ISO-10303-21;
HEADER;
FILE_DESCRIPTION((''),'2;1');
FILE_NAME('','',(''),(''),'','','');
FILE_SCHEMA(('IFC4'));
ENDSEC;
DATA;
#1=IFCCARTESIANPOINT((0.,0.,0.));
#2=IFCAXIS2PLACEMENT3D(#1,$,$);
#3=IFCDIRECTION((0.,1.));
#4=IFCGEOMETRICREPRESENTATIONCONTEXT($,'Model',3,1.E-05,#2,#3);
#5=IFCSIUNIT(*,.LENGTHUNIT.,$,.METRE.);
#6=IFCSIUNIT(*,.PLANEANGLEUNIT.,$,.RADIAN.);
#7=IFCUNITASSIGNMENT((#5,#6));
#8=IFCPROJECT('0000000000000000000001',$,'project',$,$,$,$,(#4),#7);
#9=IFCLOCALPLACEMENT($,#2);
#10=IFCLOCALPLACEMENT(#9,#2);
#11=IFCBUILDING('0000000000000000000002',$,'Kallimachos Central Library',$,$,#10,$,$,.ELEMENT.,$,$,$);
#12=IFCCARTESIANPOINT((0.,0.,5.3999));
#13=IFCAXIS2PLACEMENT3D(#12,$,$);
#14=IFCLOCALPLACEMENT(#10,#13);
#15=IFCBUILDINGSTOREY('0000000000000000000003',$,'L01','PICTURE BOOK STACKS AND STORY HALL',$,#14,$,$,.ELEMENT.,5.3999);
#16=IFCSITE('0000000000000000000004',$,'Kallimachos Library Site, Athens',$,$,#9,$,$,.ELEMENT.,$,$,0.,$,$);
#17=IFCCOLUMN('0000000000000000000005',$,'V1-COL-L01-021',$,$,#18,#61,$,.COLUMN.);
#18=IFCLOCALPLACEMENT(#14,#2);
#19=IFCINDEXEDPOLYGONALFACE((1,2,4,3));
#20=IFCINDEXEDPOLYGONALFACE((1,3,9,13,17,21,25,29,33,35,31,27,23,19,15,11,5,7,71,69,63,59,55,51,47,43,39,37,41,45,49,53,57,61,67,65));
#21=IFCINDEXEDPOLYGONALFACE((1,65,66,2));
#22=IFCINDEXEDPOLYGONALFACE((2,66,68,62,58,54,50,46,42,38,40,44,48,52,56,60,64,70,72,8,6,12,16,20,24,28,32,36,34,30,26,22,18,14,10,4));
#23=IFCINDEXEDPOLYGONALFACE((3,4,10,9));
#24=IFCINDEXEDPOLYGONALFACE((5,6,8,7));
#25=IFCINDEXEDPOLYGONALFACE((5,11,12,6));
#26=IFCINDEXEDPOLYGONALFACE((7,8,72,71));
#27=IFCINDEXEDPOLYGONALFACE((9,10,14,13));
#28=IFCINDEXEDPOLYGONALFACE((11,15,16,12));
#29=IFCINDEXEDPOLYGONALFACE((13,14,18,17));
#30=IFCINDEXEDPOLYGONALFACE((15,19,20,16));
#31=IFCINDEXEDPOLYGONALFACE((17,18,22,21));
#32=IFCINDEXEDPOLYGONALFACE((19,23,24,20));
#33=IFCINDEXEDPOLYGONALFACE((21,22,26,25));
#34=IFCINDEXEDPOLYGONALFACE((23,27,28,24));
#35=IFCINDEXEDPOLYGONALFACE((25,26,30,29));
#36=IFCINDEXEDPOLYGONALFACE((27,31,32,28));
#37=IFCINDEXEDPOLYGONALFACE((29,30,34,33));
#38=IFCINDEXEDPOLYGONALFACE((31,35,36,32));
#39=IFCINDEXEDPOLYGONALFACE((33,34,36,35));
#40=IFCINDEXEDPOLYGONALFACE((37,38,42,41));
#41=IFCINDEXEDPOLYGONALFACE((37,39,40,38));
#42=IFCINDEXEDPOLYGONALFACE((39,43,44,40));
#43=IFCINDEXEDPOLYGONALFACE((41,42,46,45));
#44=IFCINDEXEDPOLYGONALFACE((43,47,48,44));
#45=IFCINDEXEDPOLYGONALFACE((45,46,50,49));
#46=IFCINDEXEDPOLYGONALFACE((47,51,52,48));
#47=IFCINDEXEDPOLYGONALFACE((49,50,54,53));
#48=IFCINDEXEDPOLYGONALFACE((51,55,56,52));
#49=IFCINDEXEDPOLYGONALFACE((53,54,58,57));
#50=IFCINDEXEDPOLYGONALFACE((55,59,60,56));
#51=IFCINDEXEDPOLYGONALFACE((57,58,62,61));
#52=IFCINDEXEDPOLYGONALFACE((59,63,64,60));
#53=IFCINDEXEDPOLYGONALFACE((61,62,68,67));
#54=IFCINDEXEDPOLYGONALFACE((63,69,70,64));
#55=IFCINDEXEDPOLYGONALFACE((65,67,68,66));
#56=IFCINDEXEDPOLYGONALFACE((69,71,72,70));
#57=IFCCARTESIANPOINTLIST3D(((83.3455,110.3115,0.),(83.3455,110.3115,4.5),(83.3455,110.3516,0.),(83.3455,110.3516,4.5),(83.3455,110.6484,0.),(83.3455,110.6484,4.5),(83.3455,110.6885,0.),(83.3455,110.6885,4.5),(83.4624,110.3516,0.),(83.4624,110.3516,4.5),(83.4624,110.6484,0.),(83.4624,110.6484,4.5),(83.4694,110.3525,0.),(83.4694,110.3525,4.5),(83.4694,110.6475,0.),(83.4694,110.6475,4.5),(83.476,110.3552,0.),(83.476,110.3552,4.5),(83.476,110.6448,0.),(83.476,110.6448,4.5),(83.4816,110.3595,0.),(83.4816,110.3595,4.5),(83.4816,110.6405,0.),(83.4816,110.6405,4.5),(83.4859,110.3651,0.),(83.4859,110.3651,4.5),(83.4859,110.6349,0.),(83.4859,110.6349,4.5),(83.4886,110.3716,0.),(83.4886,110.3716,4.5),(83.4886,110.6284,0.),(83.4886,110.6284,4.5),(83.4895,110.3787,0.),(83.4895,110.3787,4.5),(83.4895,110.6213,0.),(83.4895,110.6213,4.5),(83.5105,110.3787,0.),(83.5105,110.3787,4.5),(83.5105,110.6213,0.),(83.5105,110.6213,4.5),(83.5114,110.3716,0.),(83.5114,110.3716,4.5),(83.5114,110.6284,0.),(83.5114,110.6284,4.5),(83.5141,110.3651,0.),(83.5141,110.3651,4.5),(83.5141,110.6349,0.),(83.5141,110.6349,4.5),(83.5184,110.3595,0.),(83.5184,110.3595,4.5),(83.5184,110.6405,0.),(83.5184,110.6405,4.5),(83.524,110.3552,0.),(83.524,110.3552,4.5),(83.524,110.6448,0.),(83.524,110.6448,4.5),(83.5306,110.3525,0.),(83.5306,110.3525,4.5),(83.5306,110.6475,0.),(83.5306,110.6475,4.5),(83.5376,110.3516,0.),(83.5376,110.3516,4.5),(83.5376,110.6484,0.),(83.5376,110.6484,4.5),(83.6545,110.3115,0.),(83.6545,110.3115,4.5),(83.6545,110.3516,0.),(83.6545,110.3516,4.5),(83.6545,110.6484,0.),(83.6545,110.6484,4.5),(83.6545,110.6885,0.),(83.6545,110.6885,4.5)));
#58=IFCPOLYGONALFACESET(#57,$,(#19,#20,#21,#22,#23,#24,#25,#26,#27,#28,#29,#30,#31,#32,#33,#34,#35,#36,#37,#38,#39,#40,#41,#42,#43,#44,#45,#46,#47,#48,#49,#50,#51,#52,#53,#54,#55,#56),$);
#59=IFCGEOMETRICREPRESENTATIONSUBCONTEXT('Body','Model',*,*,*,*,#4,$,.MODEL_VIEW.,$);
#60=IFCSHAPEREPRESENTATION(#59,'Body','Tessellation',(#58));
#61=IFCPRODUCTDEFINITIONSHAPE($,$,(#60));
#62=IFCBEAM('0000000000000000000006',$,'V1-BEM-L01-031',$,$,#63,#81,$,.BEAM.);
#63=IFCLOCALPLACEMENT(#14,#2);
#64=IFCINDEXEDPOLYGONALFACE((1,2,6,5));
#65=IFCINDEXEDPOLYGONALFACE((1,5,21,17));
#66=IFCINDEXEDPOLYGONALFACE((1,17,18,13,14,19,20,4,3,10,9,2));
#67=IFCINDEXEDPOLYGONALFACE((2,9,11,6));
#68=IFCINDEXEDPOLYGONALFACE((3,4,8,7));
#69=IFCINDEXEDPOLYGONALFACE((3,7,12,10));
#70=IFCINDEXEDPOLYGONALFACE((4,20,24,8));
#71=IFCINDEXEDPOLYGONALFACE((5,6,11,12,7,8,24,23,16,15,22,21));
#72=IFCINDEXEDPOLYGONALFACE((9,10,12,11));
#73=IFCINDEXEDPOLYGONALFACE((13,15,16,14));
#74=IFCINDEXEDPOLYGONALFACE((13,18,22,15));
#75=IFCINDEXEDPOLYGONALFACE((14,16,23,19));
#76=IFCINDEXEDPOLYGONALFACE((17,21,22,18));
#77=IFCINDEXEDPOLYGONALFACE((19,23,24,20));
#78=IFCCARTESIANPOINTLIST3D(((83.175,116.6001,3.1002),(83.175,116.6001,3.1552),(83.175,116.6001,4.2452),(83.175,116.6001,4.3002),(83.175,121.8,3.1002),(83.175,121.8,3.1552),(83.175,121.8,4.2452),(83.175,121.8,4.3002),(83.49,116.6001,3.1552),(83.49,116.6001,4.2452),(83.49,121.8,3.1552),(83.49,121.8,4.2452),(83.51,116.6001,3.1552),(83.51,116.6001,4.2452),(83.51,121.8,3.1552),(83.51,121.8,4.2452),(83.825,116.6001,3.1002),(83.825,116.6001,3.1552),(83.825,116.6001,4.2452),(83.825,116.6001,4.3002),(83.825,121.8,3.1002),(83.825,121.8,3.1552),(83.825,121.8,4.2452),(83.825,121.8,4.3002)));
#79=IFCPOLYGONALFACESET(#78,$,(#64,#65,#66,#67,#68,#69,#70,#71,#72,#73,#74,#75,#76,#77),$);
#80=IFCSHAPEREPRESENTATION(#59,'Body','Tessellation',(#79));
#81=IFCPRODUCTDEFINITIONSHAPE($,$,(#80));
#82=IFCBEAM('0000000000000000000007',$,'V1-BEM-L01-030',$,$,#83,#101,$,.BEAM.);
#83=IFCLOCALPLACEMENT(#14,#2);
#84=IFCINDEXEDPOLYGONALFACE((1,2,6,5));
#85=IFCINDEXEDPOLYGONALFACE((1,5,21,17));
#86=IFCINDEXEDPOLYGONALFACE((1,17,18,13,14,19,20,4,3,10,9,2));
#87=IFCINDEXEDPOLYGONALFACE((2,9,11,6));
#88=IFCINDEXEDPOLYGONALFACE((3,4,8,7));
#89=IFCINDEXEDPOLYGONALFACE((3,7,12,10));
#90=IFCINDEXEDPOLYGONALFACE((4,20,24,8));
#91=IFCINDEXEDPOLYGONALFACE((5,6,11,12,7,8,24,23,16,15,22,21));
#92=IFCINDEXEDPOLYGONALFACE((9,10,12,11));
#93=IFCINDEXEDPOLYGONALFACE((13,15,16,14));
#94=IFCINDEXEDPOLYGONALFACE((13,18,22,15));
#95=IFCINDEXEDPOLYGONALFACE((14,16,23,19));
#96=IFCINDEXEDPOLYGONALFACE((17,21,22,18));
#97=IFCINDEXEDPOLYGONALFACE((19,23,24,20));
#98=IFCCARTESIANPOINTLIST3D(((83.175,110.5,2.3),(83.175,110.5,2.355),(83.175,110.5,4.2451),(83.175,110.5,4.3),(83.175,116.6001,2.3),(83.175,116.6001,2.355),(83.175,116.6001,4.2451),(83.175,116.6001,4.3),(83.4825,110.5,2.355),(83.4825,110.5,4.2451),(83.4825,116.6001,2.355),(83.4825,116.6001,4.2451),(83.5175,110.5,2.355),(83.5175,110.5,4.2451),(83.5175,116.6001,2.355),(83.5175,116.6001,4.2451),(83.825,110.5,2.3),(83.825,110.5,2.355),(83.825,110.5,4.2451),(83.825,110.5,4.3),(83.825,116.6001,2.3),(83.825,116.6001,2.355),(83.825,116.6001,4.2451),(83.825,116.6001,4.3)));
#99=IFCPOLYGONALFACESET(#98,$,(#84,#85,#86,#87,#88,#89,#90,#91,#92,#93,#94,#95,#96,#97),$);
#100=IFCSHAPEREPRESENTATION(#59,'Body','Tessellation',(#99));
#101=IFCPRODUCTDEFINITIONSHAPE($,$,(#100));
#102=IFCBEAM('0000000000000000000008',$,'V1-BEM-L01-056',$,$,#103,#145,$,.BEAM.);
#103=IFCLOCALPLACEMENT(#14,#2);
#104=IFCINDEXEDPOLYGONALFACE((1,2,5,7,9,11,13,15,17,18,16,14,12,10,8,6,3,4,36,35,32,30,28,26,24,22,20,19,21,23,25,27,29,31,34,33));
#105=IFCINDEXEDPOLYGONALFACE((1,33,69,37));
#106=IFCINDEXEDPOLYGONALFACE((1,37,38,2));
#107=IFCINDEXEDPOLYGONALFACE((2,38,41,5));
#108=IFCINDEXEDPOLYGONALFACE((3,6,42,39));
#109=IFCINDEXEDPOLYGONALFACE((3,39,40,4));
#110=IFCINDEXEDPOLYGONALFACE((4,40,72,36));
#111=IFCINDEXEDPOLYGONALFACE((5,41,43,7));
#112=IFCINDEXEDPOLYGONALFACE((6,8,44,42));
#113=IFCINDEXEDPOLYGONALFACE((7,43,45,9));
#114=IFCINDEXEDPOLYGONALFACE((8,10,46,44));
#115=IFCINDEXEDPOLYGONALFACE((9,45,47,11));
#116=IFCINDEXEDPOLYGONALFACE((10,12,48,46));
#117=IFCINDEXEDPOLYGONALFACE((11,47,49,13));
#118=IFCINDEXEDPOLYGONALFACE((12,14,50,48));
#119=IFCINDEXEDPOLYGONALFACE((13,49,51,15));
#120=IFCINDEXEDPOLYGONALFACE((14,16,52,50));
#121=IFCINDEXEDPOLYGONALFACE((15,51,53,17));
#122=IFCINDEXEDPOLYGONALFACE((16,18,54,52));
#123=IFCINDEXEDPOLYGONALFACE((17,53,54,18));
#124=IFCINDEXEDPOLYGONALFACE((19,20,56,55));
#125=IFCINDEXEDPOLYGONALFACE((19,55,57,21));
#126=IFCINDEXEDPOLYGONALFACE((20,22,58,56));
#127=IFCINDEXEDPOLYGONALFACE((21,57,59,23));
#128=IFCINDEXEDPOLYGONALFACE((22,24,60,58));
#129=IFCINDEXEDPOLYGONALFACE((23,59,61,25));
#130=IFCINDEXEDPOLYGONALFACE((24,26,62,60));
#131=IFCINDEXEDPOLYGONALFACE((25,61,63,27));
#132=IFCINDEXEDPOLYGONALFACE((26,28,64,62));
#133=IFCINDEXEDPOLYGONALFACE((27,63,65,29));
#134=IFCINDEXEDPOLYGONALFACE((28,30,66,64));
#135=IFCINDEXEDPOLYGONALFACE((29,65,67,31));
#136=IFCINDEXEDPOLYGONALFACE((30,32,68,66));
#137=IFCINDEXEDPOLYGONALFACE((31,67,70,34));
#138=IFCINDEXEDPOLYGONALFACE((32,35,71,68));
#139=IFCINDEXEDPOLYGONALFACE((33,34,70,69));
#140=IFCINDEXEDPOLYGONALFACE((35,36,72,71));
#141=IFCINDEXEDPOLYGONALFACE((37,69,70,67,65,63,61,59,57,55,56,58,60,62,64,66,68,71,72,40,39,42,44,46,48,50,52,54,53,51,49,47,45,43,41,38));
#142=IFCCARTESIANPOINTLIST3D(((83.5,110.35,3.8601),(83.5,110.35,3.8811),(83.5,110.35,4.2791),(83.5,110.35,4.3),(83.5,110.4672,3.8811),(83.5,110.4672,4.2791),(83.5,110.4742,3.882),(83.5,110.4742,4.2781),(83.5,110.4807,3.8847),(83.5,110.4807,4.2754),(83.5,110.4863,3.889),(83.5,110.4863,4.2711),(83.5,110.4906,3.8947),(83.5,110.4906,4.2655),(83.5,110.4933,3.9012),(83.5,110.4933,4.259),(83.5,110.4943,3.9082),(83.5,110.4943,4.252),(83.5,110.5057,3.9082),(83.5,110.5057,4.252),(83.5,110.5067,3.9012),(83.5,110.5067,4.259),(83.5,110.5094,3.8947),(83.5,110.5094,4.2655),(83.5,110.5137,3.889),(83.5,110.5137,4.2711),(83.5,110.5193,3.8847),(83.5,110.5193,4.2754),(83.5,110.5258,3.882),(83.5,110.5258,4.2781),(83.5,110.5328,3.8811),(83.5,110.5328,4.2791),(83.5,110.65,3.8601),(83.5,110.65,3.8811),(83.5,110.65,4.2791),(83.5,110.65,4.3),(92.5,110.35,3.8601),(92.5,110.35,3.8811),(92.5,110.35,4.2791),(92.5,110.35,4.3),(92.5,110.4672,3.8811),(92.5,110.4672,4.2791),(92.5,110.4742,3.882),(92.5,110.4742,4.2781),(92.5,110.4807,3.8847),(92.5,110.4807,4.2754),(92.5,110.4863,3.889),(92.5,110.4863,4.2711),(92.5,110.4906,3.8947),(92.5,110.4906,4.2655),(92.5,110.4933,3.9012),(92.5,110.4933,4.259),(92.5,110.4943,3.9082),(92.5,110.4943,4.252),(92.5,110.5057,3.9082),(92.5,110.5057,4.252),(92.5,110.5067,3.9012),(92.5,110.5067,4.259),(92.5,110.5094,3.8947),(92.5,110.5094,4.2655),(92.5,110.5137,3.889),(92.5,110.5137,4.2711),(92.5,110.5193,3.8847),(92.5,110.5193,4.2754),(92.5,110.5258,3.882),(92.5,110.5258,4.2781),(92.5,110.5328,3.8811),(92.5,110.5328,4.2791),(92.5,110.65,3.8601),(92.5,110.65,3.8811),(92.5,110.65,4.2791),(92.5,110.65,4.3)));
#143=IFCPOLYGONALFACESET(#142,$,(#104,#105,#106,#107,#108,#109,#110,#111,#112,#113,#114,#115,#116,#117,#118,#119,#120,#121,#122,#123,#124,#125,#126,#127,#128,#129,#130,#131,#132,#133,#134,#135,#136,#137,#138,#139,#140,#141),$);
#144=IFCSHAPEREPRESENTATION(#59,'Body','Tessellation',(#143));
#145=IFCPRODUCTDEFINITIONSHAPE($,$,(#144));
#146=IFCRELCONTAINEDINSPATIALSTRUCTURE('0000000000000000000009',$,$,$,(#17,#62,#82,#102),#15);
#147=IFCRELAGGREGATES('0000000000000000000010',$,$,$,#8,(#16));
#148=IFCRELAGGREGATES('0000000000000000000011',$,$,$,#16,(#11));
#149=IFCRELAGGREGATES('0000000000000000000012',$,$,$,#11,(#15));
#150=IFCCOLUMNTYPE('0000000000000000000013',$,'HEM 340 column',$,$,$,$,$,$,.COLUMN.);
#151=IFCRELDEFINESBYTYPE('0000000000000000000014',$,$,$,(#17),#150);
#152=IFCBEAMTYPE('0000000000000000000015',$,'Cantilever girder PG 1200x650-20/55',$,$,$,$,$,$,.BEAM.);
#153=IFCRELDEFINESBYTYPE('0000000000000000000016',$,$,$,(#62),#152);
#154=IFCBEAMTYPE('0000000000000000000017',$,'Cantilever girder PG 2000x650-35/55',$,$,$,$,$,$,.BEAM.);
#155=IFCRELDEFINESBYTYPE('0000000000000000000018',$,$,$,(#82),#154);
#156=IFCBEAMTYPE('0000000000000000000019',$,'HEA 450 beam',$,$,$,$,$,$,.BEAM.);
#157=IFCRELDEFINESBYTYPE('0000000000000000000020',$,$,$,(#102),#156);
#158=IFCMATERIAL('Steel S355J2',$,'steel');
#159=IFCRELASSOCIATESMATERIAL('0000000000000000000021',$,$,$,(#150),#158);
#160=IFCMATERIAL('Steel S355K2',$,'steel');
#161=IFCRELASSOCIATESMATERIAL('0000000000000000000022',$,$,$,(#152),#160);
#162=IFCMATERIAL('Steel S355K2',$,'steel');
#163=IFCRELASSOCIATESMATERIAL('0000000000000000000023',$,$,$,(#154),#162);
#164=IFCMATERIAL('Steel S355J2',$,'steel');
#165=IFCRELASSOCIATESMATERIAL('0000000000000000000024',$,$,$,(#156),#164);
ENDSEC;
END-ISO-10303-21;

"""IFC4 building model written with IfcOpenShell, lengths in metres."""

from ifc_helpers import new_model, si_unit, direction, frame, origin, origin_2d, place, context, subcontext, project, spatial, i_section, extrude, material, material_profile, profile_set, type_object, element, save


model = new_model("IFC4")

# Units and contexts
model_context = context("Model", 3, precision=1e-05, world=origin(), true_north=direction((0.0, 1.0)))
body_context = subcontext(model_context, "Body", "Model", "MODEL_VIEW")
ifc_project = project(units=[si_unit("LENGTHUNIT", "METRE"), si_unit("PLANEANGLEUNIT", "RADIAN")], contexts=[model_context])

# Site, building, storey
site_placement = place(None, origin())
site = spatial("IfcSite", under=ifc_project, at=site_placement, Name="Kallimachos Library Site, Athens", CompositionType="ELEMENT", RefElevation=0.0)
building_placement = place(site_placement, origin())
building = spatial("IfcBuilding", under=site, at=building_placement, Name="Kallimachos Central Library", CompositionType="ELEMENT")
storey_placement = place(building_placement, frame((0.0, 0.0, 5.3999)))
storey = spatial("IfcBuildingStorey", under=building, at=storey_placement, Name="L01", Description="PICTURE BOOK STACKS AND STORY HALL", CompositionType="ELEMENT", Elevation=5.3999)

# Column
ifc_material_1 = material(Name="Steel S355J2", Category="steel")
ifc_material_profile_1 = material_profile(ifc_material_1, i_section(OverallWidth=0.3091, OverallDepth=0.377, WebThickness=0.021, FlangeThickness=0.04, FilletRadius=0.0271, at=origin_2d()), Name="HEM 340")
ifc_profile_set_1 = profile_set([ifc_material_profile_1], Name="Steel S355J2")
column_type = type_object("IfcColumnType", Name="HEM 340 column", PredefinedType="COLUMN", material=ifc_profile_set_1)
column_placement = place(storey_placement, frame((83.5, 110.5, 0.0), z_axis=(0.0, 0.0, 1.0), x_axis=(1.0, 0.0, 0.0)))
element("IfcColumn", 1, at=column_placement, inside=storey, type_object=column_type, Name="V1-COL-L01-021", PredefinedType="COLUMN", context=body_context, shape_type="SweptSolid", body=[
    extrude(i_section(OverallWidth=0.3091, OverallDepth=0.377, WebThickness=0.021, FlangeThickness=0.04, FilletRadius=0.0271, at=origin_2d()), origin(), (0.0, 0.0, 1.0), 4.5),
])

# Beams
ifc_material_2 = material(Name="Steel S355K2", Category="steel")
ifc_material_profile_2 = material_profile(ifc_material_2, i_section(OverallWidth=0.6499, OverallDepth=1.2, WebThickness=0.02, FlangeThickness=0.0549, at=origin_2d()), Name="PG 1200x650-20/55")
ifc_profile_set_2 = profile_set([ifc_material_profile_2], Name="Steel S355K2")
beam_type_1 = type_object("IfcBeamType", Name="Cantilever girder PG 1200x650-20/55", PredefinedType="BEAM", material=ifc_profile_set_2)
beam_1_placement = place(storey_placement, frame((83.5, 116.6001, 3.7002), z_axis=(0.0, 1.0, 0.0), x_axis=(-1.0, 0.0, 0.0)))
element("IfcBeam", 2, at=beam_1_placement, inside=storey, type_object=beam_type_1, Name="V1-BEM-L01-031", PredefinedType="BEAM", context=body_context, shape_type="SweptSolid", body=[
    extrude(i_section(OverallWidth=0.6499, OverallDepth=1.2, WebThickness=0.02, FlangeThickness=0.0549, at=origin_2d()), origin(), (0.0, 0.0, 1.0), 5.2),
])
ifc_material_3 = material(Name="Steel S355K2", Category="steel")
ifc_material_profile_3 = material_profile(ifc_material_3, i_section(OverallWidth=0.6499, OverallDepth=2.0, WebThickness=0.0349, FlangeThickness=0.0549, at=origin_2d()), Name="PG 2000x650-35/55")
ifc_profile_set_3 = profile_set([ifc_material_profile_3], Name="Steel S355K2")
beam_type_2 = type_object("IfcBeamType", Name="Cantilever girder PG 2000x650-35/55", PredefinedType="BEAM", material=ifc_profile_set_3)
beam_2_placement = place(storey_placement, frame((83.5, 110.5, 3.3), z_axis=(0.0, 1.0, 0.0), x_axis=(-1.0, 0.0, 0.0)))
element("IfcBeam", 3, at=beam_2_placement, inside=storey, type_object=beam_type_2, Name="V1-BEM-L01-030", PredefinedType="BEAM", context=body_context, shape_type="SweptSolid", body=[
    extrude(i_section(OverallWidth=0.6499, OverallDepth=2.0, WebThickness=0.0349, FlangeThickness=0.0549, at=origin_2d()), origin(), (0.0, 0.0, 1.0), 6.1001),
])
ifc_material_4 = material(Name="Steel S355J2", Category="steel")
ifc_material_profile_4 = material_profile(ifc_material_4, i_section(OverallWidth=0.3, OverallDepth=0.4399, WebThickness=0.0115, FlangeThickness=0.021, FilletRadius=0.0271, at=origin_2d()), Name="HEA 450")
ifc_profile_set_4 = profile_set([ifc_material_profile_4], Name="Steel S355J2")
beam_type_3 = type_object("IfcBeamType", Name="HEA 450 beam", PredefinedType="BEAM", material=ifc_profile_set_4)
beam_3_placement = place(storey_placement, frame((83.5, 110.5, 4.0801), z_axis=(1.0, 0.0, 0.0), x_axis=(0.0, 1.0, 0.0)))
element("IfcBeam", 4, at=beam_3_placement, inside=storey, type_object=beam_type_3, Name="V1-BEM-L01-056", PredefinedType="BEAM", context=body_context, shape_type="SweptSolid", body=[
    extrude(i_section(OverallWidth=0.3, OverallDepth=0.4399, WebThickness=0.0115, FlangeThickness=0.021, FilletRadius=0.0271, at=origin_2d()), origin(), (0.0, 0.0, 1.0), 9.0),
])

save(model, "model.ifc")
